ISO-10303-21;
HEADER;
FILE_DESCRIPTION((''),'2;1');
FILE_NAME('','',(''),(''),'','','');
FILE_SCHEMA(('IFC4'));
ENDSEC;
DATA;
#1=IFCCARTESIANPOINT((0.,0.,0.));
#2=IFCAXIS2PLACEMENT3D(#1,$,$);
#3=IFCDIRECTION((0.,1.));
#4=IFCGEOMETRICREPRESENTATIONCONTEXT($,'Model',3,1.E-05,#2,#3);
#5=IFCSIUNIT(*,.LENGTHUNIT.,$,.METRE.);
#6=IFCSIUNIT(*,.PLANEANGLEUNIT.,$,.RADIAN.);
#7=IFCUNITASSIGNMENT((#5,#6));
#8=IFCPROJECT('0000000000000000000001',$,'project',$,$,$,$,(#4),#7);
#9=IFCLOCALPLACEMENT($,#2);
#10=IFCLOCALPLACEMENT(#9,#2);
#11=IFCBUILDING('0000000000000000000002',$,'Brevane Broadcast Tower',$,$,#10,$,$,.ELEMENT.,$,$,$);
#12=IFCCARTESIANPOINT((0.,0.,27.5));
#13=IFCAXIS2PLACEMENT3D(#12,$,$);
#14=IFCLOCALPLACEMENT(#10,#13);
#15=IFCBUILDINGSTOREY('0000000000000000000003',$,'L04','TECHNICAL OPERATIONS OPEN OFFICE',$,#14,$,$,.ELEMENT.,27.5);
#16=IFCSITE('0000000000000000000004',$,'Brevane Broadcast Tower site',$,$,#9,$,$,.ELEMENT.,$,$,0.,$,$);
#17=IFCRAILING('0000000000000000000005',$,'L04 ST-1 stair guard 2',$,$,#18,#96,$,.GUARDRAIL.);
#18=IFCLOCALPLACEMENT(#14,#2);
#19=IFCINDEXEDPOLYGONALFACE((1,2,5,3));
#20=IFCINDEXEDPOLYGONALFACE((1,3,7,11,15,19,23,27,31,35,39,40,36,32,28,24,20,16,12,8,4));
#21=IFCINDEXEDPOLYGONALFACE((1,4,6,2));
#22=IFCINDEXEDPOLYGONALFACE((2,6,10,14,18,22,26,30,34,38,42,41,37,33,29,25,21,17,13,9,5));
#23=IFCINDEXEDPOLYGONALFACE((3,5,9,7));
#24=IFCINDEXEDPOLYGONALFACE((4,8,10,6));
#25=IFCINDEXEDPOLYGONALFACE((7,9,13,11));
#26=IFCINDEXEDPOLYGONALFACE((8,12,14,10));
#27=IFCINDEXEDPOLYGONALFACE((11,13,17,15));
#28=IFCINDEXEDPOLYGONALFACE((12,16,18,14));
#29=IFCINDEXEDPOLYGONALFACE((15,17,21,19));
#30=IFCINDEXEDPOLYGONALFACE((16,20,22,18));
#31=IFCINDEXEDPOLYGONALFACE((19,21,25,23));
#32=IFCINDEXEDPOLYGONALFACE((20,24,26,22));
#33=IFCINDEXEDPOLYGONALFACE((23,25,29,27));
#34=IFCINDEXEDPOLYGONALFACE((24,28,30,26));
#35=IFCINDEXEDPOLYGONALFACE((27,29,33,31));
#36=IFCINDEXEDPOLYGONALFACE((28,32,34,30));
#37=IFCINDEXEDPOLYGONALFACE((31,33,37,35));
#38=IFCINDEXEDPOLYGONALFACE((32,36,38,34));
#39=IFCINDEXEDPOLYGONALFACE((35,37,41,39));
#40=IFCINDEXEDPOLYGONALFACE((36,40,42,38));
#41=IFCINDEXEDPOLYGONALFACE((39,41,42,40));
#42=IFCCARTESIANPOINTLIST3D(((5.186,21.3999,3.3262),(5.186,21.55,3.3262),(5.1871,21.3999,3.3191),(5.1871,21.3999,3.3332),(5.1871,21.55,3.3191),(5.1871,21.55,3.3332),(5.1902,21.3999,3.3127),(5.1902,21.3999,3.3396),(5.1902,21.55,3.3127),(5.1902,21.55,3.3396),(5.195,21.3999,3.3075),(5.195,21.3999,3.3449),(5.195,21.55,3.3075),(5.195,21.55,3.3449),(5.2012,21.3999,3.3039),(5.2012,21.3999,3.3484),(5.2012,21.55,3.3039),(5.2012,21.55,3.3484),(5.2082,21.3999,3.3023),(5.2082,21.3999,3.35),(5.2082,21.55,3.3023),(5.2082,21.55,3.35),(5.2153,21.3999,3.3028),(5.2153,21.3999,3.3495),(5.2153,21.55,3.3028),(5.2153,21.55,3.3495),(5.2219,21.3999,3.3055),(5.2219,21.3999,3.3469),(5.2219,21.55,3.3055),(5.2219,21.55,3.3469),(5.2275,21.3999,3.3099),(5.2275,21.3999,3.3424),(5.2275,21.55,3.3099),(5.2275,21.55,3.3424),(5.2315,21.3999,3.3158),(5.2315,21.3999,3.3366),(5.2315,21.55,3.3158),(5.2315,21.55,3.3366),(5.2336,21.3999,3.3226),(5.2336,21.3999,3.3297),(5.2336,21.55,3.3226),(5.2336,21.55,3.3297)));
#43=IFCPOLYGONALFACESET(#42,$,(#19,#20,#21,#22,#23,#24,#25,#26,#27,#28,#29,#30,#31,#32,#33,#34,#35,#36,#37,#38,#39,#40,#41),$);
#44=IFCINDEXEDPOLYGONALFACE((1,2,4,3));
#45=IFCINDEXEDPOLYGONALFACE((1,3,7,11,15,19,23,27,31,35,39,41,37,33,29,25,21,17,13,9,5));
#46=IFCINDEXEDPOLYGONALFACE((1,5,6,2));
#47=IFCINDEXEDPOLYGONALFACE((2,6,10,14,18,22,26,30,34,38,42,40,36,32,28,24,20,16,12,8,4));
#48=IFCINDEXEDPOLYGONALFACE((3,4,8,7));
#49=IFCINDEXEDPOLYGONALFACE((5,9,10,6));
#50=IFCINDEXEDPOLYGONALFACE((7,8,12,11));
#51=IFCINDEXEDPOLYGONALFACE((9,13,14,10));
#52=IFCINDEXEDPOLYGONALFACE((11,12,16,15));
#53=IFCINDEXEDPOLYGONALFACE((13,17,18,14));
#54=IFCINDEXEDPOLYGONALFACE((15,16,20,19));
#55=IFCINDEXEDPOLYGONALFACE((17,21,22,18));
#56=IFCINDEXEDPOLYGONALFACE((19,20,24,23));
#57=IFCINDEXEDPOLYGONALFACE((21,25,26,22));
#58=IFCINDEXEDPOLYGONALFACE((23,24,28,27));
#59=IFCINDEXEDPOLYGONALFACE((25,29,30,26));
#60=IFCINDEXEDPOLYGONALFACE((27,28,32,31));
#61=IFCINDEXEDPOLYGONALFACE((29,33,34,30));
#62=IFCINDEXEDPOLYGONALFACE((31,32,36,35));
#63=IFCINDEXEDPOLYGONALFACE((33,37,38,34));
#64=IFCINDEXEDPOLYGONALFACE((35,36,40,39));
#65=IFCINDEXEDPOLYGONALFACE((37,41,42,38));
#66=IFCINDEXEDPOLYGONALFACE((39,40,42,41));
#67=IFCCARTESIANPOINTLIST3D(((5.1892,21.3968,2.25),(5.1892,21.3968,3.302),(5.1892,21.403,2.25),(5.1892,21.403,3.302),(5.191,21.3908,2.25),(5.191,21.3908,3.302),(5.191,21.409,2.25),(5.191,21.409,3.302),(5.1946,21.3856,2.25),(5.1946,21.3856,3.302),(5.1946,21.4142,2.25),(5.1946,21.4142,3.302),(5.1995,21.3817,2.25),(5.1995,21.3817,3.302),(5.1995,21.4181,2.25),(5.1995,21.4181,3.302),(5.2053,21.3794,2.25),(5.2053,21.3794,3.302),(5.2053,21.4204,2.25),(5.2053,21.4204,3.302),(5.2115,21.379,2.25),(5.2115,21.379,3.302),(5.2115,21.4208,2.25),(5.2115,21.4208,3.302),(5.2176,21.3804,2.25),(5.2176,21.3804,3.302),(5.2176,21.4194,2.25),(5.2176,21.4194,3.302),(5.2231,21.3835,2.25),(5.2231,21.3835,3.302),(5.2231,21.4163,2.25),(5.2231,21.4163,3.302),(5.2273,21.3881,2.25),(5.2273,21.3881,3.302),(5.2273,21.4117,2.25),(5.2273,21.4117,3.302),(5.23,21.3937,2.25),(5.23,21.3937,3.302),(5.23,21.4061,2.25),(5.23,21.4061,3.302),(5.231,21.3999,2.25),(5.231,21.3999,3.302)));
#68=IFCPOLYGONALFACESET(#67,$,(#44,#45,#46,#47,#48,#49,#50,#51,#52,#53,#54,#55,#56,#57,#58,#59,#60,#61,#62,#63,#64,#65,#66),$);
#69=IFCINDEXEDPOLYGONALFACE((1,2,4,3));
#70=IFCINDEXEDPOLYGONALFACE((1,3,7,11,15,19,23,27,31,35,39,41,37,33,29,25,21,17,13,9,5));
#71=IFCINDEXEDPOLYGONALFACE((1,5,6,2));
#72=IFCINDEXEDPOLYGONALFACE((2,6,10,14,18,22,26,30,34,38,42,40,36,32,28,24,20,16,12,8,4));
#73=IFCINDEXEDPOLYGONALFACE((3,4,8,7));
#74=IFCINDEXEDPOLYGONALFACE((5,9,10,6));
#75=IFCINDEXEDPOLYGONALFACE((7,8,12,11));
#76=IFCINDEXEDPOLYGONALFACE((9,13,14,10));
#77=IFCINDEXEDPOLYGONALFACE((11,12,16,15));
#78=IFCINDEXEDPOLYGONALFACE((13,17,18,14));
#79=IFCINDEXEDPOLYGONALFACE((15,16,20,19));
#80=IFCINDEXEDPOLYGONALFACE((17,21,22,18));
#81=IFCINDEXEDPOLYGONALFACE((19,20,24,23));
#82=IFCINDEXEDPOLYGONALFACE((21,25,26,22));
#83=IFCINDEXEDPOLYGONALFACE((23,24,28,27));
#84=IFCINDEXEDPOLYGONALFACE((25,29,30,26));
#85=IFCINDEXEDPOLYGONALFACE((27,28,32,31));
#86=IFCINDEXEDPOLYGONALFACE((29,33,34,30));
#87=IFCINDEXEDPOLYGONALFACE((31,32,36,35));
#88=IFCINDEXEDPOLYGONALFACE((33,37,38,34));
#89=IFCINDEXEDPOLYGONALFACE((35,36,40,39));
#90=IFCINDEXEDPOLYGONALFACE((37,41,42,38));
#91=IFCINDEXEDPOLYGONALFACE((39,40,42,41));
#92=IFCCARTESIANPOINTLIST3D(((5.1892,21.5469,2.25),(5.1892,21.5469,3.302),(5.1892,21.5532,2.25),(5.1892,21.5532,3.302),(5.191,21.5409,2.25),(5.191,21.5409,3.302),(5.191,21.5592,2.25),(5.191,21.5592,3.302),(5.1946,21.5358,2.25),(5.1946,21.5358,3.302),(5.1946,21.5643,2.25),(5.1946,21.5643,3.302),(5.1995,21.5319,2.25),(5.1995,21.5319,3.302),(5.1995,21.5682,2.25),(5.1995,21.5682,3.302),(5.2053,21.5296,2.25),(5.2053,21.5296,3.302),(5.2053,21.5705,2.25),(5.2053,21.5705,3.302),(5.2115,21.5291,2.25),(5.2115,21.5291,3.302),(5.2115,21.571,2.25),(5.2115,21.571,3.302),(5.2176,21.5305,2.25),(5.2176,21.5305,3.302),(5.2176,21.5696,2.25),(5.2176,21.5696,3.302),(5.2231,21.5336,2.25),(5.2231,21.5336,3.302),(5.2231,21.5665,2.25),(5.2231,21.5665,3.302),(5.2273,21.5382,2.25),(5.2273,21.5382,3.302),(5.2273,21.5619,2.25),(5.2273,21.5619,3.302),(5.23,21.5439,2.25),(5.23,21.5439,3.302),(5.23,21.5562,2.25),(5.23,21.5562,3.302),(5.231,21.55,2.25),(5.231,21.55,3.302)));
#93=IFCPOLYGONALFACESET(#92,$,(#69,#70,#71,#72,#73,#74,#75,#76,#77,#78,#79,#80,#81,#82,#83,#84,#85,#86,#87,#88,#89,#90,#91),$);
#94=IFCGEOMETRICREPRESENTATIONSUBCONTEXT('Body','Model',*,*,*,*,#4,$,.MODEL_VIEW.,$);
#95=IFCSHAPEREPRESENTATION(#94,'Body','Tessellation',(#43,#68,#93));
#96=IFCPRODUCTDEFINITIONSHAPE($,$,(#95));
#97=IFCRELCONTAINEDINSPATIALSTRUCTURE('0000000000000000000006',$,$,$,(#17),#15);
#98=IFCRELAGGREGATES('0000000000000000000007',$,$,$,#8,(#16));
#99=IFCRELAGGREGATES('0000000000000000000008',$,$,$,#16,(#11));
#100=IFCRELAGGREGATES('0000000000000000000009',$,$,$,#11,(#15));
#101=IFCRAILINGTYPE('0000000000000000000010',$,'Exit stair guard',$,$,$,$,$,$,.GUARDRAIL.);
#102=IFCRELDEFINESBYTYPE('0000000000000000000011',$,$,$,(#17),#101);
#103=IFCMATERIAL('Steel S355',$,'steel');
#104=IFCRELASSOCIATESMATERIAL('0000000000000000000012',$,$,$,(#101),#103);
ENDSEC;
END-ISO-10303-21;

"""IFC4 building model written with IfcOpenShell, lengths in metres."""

from ifc_helpers import new_model, si_unit, direction, frame, origin, origin_2d, place, context, subcontext, project, spatial, circle, extrude, material, type_object, element, save


model = new_model("IFC4")

# Units and contexts
model_context = context("Model", 3, precision=1e-05, world=origin(), true_north=direction((0.0, 1.0)))
body_context = subcontext(model_context, "Body", "Model", "MODEL_VIEW")
ifc_project = project(units=[si_unit("LENGTHUNIT", "METRE"), si_unit("PLANEANGLEUNIT", "RADIAN")], contexts=[model_context])

# Site, building, storey
site_placement = place(None, origin())
site = spatial("IfcSite", under=ifc_project, at=site_placement, Name="Brevane Broadcast Tower site", CompositionType="ELEMENT", RefElevation=0.0)
building_placement = place(site_placement, origin())
building = spatial("IfcBuilding", under=site, at=building_placement, Name="Brevane Broadcast Tower", CompositionType="ELEMENT")
storey_placement = place(building_placement, frame((0.0, 0.0, 27.5)))
storey = spatial("IfcBuildingStorey", under=building, at=storey_placement, Name="L04", Description="TECHNICAL OPERATIONS OPEN OFFICE", CompositionType="ELEMENT", Elevation=27.5)

# Railing
ifc_material_1 = material(Name="Steel S355", Category="steel")
railing_type_1 = type_object("IfcRailingType", Name="Exit stair guard", PredefinedType="GUARDRAIL", material=ifc_material_1)
railing_1_placement = place(storey_placement, frame((5.21, 21.3999, 2.25)))
element("IfcRailing", 1, at=railing_1_placement, inside=storey, type_object=railing_type_1, Name="L04 ST-1 stair guard 2", PredefinedType="GUARDRAIL", context=body_context, shape_type="SweptSolid", body=[
    extrude(circle(Radius=0.0239, at=origin_2d()), frame((0.0, 0.0, 1.0762), z_axis=(0.0, 1.0, 0.0), x_axis=(-1.0, 0.0, 0.0)), (0.0, 0.0, 1.0), 0.1501),
    extrude(circle(Radius=0.021, at=origin_2d()), origin(), (0.0, 0.0, 1.0), 1.052),
    extrude(circle(Radius=0.021, at=origin_2d()), frame((0.0, 0.1501, 0.0)), (0.0, 0.0, 1.0), 1.052),
])

save(model, "model.ifc")
